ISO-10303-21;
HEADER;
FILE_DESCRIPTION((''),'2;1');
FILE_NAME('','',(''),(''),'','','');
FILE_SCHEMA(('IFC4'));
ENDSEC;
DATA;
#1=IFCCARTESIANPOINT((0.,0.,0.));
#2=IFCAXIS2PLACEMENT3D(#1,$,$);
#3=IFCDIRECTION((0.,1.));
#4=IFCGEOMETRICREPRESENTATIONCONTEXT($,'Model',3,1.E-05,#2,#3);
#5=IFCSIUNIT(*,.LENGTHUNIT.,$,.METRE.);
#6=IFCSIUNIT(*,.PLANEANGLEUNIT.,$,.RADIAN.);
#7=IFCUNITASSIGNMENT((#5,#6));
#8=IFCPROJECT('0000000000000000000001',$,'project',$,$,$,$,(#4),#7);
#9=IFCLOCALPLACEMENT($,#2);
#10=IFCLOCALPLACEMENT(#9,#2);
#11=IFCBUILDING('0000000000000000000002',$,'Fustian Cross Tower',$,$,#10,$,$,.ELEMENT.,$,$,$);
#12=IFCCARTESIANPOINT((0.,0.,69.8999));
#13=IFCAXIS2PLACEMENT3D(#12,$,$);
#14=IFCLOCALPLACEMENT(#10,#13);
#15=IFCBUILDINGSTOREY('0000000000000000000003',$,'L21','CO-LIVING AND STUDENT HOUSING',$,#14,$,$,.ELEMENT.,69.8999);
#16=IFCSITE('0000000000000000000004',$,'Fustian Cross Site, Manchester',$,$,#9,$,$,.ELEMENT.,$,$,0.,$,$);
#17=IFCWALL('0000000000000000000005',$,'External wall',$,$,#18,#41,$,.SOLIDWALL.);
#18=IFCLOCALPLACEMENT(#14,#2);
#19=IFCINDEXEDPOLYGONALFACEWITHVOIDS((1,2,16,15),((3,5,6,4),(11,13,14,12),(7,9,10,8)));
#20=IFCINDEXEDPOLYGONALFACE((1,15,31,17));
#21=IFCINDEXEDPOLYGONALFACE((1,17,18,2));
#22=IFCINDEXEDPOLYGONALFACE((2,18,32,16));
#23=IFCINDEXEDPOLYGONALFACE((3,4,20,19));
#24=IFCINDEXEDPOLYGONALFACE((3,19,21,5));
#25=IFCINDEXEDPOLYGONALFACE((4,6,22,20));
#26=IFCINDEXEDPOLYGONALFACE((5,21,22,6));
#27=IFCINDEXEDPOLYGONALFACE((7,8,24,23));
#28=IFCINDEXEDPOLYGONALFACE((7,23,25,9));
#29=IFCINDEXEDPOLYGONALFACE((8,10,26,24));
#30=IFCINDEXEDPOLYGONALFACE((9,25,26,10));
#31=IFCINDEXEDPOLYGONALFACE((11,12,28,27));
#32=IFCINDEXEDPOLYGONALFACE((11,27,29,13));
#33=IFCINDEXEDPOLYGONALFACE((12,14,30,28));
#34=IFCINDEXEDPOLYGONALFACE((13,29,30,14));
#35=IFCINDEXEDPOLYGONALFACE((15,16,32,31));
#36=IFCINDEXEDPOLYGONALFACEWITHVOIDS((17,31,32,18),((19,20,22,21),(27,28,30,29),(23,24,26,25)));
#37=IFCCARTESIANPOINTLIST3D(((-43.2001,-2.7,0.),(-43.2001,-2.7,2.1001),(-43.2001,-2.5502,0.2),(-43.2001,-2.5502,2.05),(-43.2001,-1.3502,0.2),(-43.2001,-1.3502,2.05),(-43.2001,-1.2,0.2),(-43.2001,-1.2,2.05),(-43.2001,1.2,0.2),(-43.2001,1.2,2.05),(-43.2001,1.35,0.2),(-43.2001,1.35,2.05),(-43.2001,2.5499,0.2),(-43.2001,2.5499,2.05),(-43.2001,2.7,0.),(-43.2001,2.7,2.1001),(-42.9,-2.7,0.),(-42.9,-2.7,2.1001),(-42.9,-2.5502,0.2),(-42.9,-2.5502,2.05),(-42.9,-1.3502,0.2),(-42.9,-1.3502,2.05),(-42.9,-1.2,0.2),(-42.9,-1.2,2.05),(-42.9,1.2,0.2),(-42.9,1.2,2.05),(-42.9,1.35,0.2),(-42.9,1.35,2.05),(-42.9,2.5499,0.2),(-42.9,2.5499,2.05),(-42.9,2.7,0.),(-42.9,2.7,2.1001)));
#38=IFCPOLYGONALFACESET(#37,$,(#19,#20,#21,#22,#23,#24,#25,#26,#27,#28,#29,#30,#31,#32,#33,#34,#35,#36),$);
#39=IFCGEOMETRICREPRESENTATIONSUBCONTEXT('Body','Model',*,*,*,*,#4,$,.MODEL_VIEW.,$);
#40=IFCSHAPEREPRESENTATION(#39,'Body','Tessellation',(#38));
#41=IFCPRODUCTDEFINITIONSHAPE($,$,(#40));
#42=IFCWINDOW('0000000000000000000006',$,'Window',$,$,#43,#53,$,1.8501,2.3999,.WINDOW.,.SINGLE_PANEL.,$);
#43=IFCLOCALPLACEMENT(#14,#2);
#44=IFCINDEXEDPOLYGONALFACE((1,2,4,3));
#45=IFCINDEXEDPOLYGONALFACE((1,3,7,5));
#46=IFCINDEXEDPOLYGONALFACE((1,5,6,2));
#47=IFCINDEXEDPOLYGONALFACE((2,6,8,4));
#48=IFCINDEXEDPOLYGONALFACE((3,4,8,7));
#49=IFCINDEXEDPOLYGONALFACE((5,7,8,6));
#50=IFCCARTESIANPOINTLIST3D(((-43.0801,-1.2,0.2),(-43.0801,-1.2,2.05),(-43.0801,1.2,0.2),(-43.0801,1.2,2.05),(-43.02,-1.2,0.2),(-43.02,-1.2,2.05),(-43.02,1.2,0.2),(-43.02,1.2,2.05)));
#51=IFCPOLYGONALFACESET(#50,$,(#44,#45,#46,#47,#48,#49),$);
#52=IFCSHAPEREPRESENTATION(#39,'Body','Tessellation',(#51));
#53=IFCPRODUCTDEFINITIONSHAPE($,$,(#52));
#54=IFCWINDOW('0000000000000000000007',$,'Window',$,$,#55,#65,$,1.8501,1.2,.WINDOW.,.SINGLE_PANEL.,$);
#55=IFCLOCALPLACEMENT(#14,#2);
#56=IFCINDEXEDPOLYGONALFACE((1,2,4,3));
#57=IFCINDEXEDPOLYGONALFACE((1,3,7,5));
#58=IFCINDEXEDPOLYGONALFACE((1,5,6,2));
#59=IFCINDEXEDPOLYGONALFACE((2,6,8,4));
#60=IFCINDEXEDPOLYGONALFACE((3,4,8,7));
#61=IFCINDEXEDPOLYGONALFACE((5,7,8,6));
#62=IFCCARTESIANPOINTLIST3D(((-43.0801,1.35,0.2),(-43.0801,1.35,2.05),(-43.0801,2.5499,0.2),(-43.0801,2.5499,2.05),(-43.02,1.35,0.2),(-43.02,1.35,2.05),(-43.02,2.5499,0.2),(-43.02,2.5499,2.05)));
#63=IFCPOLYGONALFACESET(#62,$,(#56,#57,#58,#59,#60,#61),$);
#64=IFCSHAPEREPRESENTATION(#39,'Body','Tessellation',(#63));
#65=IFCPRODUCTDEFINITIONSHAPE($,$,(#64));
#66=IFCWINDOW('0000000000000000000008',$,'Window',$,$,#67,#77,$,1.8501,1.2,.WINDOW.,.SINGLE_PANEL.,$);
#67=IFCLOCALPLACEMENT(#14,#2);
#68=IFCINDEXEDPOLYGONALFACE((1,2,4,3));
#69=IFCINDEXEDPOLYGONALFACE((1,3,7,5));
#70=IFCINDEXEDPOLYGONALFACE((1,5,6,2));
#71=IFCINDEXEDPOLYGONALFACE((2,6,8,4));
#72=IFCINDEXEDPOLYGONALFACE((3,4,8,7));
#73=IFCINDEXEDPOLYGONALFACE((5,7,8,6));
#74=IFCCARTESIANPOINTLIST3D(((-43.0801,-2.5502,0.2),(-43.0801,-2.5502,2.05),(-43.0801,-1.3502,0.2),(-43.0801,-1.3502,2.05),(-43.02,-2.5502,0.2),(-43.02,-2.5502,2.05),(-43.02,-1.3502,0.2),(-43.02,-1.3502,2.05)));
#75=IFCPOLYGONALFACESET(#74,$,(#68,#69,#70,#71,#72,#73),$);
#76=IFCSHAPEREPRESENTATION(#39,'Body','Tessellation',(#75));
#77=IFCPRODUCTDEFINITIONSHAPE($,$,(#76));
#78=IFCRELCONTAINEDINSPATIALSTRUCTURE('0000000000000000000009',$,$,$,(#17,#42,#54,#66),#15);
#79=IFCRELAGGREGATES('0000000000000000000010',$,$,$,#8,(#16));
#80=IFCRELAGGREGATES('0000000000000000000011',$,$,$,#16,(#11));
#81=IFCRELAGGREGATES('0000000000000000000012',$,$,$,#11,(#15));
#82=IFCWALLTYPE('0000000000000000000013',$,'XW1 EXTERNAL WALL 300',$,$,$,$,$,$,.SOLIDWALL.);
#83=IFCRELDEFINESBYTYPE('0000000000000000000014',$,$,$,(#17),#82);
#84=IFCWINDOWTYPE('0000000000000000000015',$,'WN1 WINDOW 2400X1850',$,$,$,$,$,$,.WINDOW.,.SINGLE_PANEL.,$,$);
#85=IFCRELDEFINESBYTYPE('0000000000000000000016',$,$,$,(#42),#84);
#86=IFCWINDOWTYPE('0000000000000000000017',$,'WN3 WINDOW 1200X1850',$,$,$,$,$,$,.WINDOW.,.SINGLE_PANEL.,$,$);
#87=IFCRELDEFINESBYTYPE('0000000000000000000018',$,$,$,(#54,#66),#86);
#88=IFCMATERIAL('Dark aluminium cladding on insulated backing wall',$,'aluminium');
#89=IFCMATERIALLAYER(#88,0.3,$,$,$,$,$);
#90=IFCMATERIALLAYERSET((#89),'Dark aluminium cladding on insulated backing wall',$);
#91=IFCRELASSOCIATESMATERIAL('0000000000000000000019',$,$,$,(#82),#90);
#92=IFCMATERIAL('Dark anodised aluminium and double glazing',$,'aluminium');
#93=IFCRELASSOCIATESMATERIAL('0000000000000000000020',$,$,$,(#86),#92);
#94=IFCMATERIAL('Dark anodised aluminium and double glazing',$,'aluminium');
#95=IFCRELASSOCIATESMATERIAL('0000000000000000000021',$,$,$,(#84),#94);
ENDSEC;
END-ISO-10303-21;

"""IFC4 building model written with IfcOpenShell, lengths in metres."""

from ifc_helpers import new_model, si_unit, direction, frame, frame_2d, origin, place, context, subcontext, project, spatial, rectangle, extrude, material, layer, layer_set, type_object, element, fill, save


model = new_model("IFC4")

# Units and contexts
model_context = context("Model", 3, precision=1e-05, world=origin(), true_north=direction((0.0, 1.0)))
body_context = subcontext(model_context, "Body", "Model", "MODEL_VIEW")
ifc_project = project(units=[si_unit("LENGTHUNIT", "METRE"), si_unit("PLANEANGLEUNIT", "RADIAN")], contexts=[model_context])

# Site, building, storey
site_placement = place(None, origin())
site = spatial("IfcSite", under=ifc_project, at=site_placement, Name="Fustian Cross Site, Manchester", CompositionType="ELEMENT", RefElevation=0.0)
building_placement = place(site_placement, origin())
building = spatial("IfcBuilding", under=site, at=building_placement, Name="Fustian Cross Tower", CompositionType="ELEMENT")
storey_placement = place(building_placement, frame((0.0, 0.0, 69.8999)))
storey = spatial("IfcBuildingStorey", under=building, at=storey_placement, Name="L21", Description="CO-LIVING AND STUDENT HOUSING", CompositionType="ELEMENT", Elevation=69.8999)

# Shared definitions
ifc_material_1 = material(Name="Dark aluminium cladding on insulated backing wall", Category="aluminium")
ifc_layer_1 = layer(ifc_material_1, 0.3)
ifc_layer_set_1 = layer_set([ifc_layer_1], Name="Dark aluminium cladding on insulated backing wall")
wall_type_1 = type_object("IfcWallType", Name="XW1 EXTERNAL WALL 300", PredefinedType="SOLIDWALL", material=ifc_layer_set_1)
ifc_material_2 = material(Name="Dark anodised aluminium and double glazing", Category="aluminium")
window_type_1 = type_object("IfcWindowType", Name="WN3 WINDOW 1200X1850", PartitioningType="SINGLE_PANEL", PredefinedType="WINDOW", material=ifc_material_2)

# Wall, openings, windows
wall_1_placement = place(storey_placement, frame((-43.05, 2.7, 0.0), z_axis=(0.0, 0.0, 1.0), x_axis=(0.0, -1.0, 0.0)))
wall_1 = element("IfcWall", 1, at=wall_1_placement, inside=storey, type_object=wall_type_1, Name="External wall", PredefinedType="SOLIDWALL", context=body_context, shape_type="SweptSolid", body=[
    extrude(rectangle(XDim=5.3999, YDim=0.3, at=frame_2d((2.7, 0.0))), origin(), (0.0, 0.0, 1.0), 2.1001),
])
opening_1_placement = place(wall_1_placement, frame((1.5, 0.0, 0.2)))
opening_1 = element("IfcOpeningElement", 2, at=opening_1_placement, cuts=wall_1, PredefinedType="OPENING", context=body_context, shape_type="SweptSolid", body=[
    extrude(rectangle(XDim=2.3999, YDim=1.8501, at=frame_2d((1.2, 0.925))), frame((0.0, 0.1599, 0.0), z_axis=(0.0, -1.0, 0.0), x_axis=(1.0, 0.0, 0.0)), (0.0, 0.0, 1.0), 0.3201),
])
opening_2_placement = place(wall_1_placement, frame((0.1499, 0.0, 0.2)))
opening_2 = element("IfcOpeningElement", 3, at=opening_2_placement, cuts=wall_1, PredefinedType="OPENING", context=body_context, shape_type="SweptSolid", body=[
    extrude(rectangle(XDim=1.2, YDim=1.8501, at=frame_2d((0.6001, 0.925))), frame((0.0, 0.1599, 0.0), z_axis=(0.0, -1.0, 0.0), x_axis=(1.0, 0.0, 0.0)), (0.0, 0.0, 1.0), 0.3201),
])
opening_3_placement = place(wall_1_placement, frame((4.05, 0.0, 0.2)))
opening_3 = element("IfcOpeningElement", 4, at=opening_3_placement, cuts=wall_1, PredefinedType="OPENING", context=body_context, shape_type="SweptSolid", body=[
    extrude(rectangle(XDim=1.2, YDim=1.8501, at=frame_2d((0.6001, 0.925))), frame((0.0, 0.1599, 0.0), z_axis=(0.0, -1.0, 0.0), x_axis=(1.0, 0.0, 0.0)), (0.0, 0.0, 1.0), 0.3201),
])
ifc_material_3 = material(Name="Dark anodised aluminium and double glazing", Category="aluminium")
window_type_2 = type_object("IfcWindowType", Name="WN1 WINDOW 2400X1850", PartitioningType="SINGLE_PANEL", PredefinedType="WINDOW", material=ifc_material_3)
window_1_placement = place(opening_1_placement, origin())
window_1 = element("IfcWindow", 5, at=window_1_placement, inside=storey, type_object=window_type_2, Name="Window", OverallHeight=1.8501, OverallWidth=2.3999, PartitioningType="SINGLE_PANEL", PredefinedType="WINDOW", context=body_context, shape_type="SweptSolid", body=[
    extrude(rectangle(XDim=2.3999, YDim=1.8501, at=frame_2d((1.2, 0.925))), frame((0.0, 0.03, 0.0), z_axis=(0.0, -1.0, 0.0), x_axis=(1.0, 0.0, 0.0)), (0.0, 0.0, 1.0), 0.0601),
])
fill(opening_1, window_1)
window_2_placement = place(opening_2_placement, origin())
window_2 = element("IfcWindow", 6, at=window_2_placement, inside=storey, type_object=window_type_1, Name="Window", OverallHeight=1.8501, OverallWidth=1.2, PartitioningType="SINGLE_PANEL", PredefinedType="WINDOW", context=body_context, shape_type="SweptSolid", body=[
    extrude(rectangle(XDim=1.2, YDim=1.8501, at=frame_2d((0.6001, 0.925))), frame((0.0, 0.03, 0.0), z_axis=(0.0, -1.0, 0.0), x_axis=(1.0, 0.0, 0.0)), (0.0, 0.0, 1.0), 0.0601),
])
fill(opening_2, window_2)
window_3_placement = place(opening_3_placement, origin())
window_3 = element("IfcWindow", 7, at=window_3_placement, inside=storey, type_object=window_type_1, Name="Window", OverallHeight=1.8501, OverallWidth=1.2, PartitioningType="SINGLE_PANEL", PredefinedType="WINDOW", context=body_context, shape_type="SweptSolid", body=[
    extrude(rectangle(XDim=1.2, YDim=1.8501, at=frame_2d((0.6001, 0.925))), frame((0.0, 0.03, 0.0), z_axis=(0.0, -1.0, 0.0), x_axis=(1.0, 0.0, 0.0)), (0.0, 0.0, 1.0), 0.0601),
])
fill(opening_3, window_3)

save(model, "model.ifc")
